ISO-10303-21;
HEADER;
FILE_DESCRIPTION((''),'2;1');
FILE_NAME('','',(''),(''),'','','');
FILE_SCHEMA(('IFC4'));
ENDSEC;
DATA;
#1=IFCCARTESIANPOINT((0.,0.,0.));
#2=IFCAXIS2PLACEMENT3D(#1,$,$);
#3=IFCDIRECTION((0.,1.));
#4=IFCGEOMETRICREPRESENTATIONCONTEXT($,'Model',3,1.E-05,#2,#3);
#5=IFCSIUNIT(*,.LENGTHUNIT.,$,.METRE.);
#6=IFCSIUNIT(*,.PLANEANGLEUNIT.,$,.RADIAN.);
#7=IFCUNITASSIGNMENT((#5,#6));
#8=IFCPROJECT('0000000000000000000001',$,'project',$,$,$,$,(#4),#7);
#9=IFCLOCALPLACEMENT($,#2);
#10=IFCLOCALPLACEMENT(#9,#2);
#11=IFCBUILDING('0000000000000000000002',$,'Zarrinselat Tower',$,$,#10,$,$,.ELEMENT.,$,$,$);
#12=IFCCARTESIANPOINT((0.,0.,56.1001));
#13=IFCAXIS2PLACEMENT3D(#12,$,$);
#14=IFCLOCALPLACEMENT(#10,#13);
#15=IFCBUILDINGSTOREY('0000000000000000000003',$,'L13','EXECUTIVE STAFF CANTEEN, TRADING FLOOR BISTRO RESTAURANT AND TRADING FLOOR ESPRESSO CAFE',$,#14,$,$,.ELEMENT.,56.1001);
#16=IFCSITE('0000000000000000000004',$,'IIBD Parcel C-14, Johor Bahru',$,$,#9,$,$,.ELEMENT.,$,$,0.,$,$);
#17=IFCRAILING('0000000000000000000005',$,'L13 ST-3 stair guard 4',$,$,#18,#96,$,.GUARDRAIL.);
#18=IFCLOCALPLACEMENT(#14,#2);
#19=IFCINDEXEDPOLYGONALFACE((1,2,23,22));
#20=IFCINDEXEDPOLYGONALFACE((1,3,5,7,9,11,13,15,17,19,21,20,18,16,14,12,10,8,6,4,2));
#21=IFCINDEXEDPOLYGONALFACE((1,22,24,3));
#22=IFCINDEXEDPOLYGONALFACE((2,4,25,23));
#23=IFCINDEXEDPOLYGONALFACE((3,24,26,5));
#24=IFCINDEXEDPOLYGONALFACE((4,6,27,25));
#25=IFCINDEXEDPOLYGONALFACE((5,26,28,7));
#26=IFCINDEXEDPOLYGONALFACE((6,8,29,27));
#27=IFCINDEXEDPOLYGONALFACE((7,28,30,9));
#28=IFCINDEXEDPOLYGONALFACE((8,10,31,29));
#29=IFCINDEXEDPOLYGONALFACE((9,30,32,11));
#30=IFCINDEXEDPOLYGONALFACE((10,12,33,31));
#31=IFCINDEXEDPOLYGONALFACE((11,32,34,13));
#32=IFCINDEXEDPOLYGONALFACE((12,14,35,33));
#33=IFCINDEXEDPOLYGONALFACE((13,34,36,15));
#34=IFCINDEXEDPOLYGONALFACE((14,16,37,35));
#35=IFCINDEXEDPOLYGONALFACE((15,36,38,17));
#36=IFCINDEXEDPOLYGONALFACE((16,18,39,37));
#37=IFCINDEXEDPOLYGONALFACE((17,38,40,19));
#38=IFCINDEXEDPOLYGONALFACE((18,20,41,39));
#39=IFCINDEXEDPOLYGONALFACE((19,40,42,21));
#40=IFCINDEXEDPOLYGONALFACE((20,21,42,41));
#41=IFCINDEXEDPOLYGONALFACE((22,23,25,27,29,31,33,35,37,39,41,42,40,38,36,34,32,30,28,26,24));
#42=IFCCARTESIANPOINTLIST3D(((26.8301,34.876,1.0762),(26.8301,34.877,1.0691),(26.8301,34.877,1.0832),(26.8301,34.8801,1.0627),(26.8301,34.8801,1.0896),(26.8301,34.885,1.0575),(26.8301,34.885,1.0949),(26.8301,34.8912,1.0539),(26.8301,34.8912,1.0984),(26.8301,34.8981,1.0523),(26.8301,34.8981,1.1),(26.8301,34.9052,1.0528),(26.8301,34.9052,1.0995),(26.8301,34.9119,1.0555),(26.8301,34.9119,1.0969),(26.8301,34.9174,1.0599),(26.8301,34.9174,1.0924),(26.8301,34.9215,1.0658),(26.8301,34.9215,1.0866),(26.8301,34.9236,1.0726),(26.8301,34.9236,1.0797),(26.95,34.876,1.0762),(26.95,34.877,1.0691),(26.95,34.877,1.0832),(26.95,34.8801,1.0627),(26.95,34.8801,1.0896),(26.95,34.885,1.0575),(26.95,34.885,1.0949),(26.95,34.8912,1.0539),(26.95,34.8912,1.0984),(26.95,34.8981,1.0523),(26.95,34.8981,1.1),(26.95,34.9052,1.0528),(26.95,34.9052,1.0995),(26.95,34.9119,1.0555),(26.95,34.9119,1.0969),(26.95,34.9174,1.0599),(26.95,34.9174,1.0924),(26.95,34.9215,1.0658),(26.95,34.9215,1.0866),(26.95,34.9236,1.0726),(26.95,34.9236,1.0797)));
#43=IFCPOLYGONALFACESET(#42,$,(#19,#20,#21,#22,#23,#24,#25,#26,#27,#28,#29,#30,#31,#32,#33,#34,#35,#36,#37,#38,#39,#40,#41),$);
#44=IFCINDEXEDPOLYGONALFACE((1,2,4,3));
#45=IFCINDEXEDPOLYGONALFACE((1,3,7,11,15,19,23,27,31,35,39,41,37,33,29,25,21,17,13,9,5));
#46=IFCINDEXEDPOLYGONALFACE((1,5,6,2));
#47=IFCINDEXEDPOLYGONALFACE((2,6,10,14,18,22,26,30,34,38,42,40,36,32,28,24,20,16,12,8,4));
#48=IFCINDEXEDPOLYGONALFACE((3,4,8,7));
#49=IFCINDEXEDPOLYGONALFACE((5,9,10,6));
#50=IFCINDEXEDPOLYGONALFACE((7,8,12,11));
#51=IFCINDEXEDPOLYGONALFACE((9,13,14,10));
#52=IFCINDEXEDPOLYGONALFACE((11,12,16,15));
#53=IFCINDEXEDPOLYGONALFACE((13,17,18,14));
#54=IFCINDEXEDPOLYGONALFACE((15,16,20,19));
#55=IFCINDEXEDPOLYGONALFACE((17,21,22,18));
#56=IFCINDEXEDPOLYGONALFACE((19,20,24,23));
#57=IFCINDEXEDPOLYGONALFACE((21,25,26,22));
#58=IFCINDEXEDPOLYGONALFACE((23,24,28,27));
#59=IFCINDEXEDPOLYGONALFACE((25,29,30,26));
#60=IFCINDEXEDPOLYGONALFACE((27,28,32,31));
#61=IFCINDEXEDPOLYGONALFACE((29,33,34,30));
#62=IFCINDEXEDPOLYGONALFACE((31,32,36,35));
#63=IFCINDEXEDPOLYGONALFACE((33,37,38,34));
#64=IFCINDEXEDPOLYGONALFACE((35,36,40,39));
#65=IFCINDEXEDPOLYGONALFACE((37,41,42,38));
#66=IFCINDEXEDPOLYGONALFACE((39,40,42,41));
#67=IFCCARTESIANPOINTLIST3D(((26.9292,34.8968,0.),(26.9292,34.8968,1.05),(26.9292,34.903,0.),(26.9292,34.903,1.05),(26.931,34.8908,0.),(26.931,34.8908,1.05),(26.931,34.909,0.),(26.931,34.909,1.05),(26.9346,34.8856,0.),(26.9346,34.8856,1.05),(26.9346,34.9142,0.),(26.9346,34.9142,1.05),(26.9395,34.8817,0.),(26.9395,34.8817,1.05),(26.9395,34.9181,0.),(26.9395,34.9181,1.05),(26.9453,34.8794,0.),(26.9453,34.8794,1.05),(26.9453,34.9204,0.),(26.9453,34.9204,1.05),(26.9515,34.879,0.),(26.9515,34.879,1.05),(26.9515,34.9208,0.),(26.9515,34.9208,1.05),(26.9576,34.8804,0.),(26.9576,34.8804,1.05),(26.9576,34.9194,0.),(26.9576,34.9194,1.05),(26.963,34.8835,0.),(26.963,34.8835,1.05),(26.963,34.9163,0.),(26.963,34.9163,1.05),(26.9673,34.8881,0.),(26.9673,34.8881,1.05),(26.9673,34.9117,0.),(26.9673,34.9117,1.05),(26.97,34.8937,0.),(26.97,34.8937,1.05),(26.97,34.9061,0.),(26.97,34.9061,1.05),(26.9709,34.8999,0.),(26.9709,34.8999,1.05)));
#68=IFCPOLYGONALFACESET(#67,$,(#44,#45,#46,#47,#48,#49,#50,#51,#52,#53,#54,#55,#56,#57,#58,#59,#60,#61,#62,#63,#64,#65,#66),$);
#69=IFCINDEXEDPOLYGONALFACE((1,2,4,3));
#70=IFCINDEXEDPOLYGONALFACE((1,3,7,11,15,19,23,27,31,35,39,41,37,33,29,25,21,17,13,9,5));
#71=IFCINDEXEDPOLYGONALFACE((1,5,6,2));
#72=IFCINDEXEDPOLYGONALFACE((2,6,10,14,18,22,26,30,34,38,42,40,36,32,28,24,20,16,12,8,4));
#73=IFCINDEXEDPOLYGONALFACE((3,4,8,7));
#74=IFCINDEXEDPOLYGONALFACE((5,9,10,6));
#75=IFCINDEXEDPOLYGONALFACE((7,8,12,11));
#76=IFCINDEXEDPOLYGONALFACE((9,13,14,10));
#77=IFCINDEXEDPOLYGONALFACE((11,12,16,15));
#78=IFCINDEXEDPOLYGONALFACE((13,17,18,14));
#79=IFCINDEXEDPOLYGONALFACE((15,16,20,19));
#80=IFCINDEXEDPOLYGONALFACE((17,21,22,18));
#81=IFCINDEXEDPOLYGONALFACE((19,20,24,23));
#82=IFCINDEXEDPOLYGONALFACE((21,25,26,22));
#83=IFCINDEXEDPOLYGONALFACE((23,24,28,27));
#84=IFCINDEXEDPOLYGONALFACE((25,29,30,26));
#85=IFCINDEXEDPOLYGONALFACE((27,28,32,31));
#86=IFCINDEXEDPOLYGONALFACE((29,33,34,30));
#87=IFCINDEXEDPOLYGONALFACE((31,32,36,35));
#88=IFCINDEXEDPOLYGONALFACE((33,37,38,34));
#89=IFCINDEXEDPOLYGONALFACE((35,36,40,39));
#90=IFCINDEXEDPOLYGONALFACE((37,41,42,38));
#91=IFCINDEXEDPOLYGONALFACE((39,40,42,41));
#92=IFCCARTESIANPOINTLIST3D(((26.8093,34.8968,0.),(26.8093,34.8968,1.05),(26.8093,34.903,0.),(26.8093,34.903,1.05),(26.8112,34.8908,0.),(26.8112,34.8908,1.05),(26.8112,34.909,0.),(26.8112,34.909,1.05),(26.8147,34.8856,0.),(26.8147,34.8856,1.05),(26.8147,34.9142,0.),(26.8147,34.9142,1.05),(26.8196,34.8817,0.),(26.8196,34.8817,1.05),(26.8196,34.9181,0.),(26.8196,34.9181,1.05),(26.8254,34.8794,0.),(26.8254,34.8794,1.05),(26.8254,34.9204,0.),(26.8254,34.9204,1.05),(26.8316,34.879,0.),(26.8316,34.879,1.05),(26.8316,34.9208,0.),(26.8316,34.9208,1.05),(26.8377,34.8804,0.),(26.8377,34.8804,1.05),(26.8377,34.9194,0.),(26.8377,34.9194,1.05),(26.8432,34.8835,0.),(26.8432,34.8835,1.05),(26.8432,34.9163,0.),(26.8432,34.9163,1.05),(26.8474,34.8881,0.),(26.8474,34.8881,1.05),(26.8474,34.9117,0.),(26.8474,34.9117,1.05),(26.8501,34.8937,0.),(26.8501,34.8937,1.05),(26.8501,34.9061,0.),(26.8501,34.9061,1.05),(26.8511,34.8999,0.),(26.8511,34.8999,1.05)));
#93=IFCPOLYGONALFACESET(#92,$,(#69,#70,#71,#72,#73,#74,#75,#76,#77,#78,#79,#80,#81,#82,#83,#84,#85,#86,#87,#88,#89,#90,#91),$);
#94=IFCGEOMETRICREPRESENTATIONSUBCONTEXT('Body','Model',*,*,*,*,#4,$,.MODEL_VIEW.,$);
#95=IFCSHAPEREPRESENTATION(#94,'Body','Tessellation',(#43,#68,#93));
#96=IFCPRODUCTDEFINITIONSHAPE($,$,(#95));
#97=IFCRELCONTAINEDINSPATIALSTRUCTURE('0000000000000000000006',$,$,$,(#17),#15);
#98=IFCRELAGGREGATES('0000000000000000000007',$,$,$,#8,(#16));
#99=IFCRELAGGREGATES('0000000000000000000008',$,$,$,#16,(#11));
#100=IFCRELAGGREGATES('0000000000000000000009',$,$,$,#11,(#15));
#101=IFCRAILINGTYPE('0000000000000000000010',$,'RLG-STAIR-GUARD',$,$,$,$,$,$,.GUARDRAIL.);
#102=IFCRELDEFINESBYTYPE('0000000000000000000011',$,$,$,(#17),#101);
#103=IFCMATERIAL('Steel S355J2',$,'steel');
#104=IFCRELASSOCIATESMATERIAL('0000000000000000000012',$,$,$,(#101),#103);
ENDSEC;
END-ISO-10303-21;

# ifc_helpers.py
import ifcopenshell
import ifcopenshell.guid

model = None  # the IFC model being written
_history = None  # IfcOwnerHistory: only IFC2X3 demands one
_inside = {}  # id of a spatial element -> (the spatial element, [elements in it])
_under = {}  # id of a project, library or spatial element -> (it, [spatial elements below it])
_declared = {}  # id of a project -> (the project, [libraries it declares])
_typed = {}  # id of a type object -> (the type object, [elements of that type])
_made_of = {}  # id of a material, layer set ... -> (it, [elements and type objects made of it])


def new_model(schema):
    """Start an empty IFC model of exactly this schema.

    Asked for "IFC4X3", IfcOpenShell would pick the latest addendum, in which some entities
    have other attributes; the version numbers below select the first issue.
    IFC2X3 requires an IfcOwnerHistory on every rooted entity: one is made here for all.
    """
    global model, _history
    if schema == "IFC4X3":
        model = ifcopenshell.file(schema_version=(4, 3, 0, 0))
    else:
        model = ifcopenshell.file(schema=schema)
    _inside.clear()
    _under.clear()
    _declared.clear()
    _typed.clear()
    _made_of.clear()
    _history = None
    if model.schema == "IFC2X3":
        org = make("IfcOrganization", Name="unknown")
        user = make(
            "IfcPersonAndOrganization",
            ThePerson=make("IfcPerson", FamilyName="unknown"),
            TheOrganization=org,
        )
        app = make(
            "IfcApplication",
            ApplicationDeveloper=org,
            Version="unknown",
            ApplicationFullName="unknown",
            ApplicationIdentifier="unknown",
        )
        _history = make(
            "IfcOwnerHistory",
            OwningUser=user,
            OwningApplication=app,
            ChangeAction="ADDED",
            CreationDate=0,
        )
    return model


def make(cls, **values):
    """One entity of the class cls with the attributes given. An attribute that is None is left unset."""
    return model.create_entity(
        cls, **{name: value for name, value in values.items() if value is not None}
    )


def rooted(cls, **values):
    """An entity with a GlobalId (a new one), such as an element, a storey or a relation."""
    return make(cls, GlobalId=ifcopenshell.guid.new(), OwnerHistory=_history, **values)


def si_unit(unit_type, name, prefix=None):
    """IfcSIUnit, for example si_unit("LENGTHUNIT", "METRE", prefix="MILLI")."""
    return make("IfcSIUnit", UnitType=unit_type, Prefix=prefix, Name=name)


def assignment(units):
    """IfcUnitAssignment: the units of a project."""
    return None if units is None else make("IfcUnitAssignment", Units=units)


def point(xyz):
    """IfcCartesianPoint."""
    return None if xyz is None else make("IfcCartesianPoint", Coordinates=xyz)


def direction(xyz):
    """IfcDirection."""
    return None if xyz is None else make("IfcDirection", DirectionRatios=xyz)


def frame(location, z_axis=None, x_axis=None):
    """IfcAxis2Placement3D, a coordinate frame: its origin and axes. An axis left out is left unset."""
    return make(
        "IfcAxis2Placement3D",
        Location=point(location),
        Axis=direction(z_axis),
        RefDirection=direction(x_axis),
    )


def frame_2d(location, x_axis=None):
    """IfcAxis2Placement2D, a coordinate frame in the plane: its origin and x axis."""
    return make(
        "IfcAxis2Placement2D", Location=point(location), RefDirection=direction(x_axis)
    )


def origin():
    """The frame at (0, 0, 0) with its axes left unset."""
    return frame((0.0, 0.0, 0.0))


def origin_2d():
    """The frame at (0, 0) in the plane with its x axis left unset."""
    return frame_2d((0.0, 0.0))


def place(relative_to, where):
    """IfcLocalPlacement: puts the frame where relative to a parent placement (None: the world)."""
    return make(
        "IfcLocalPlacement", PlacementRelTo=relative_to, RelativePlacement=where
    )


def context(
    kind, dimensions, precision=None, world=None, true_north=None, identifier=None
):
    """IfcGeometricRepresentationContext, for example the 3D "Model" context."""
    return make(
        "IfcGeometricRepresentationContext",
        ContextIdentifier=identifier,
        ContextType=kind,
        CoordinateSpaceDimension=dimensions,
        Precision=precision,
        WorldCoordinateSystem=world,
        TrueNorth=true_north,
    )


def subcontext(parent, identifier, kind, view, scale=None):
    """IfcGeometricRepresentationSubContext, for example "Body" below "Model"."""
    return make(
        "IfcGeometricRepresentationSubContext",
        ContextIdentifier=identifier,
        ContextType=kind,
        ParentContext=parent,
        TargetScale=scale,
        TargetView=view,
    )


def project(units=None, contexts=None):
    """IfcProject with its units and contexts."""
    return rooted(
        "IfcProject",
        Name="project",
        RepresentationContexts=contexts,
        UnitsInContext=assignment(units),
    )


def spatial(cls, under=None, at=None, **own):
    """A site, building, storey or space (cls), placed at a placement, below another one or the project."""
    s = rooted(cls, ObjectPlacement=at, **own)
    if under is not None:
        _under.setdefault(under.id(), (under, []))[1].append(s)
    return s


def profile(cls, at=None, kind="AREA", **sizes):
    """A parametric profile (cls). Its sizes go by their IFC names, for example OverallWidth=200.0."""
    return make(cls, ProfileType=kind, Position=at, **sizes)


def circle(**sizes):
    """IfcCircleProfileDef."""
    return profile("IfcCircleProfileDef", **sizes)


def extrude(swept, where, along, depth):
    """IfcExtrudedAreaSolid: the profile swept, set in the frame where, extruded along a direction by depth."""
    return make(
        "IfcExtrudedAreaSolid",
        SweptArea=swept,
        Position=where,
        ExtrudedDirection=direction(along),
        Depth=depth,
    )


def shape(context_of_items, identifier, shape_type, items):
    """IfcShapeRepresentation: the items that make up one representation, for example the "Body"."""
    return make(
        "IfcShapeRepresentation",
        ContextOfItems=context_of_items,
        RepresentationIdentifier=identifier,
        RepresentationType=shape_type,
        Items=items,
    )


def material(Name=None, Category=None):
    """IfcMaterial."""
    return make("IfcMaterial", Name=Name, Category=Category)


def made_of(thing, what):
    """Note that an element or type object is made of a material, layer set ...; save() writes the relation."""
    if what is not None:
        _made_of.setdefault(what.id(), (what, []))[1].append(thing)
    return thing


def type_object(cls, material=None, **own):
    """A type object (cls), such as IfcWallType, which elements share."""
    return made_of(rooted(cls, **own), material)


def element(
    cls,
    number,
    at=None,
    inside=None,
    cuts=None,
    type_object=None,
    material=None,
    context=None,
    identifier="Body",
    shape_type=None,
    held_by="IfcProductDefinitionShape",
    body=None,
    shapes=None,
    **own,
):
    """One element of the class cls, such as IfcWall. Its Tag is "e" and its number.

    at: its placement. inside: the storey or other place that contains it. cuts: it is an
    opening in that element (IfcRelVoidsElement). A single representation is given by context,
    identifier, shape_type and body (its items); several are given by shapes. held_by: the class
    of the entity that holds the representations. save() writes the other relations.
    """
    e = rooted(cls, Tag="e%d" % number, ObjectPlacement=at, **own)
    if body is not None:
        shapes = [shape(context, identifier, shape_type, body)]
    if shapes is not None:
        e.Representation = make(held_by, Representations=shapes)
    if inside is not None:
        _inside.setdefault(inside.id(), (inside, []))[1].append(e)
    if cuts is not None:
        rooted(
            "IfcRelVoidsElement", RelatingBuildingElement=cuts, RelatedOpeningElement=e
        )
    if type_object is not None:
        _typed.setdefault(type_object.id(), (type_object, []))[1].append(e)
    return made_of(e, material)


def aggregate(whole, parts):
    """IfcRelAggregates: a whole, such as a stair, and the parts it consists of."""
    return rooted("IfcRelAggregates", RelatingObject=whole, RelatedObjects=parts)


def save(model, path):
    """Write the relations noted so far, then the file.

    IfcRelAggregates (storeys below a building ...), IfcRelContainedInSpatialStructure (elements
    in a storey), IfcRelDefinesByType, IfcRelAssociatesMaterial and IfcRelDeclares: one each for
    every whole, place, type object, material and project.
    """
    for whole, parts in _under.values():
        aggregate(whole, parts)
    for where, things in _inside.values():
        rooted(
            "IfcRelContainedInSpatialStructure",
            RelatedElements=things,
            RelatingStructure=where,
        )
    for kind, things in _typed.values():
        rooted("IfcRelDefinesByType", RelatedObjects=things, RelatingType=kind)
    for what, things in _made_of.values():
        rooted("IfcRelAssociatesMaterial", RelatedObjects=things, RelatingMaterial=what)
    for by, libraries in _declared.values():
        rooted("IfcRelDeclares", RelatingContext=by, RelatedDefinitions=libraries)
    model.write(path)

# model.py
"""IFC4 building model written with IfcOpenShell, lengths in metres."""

from ifc_helpers import new_model, si_unit, direction, frame, origin, origin_2d, place, context, subcontext, project, spatial, circle, extrude, material, type_object, element, save


model = new_model("IFC4")

# Units and contexts
model_context = context("Model", 3, precision=1e-05, world=origin(), true_north=direction((0.0, 1.0)))
body_context = subcontext(model_context, "Body", "Model", "MODEL_VIEW")
ifc_project = project(units=[si_unit("LENGTHUNIT", "METRE"), si_unit("PLANEANGLEUNIT", "RADIAN")], contexts=[model_context])

# Site, building, storey
site_placement = place(None, origin())
site = spatial("IfcSite", under=ifc_project, at=site_placement, Name="IIBD Parcel C-14, Johor Bahru", CompositionType="ELEMENT", RefElevation=0.0)
building_placement = place(site_placement, origin())
building = spatial("IfcBuilding", under=site, at=building_placement, Name="Zarrinselat Tower", CompositionType="ELEMENT")
storey_placement = place(building_placement, frame((0.0, 0.0, 56.1001)))
storey = spatial("IfcBuildingStorey", under=building, at=storey_placement, Name="L13", Description="EXECUTIVE STAFF CANTEEN, TRADING FLOOR BISTRO RESTAURANT AND TRADING FLOOR ESPRESSO CAFE", CompositionType="ELEMENT", Elevation=56.1001)

# Railing
ifc_material_1 = material(Name="Steel S355J2", Category="steel")
railing_type_1 = type_object("IfcRailingType", Name="RLG-STAIR-GUARD", PredefinedType="GUARDRAIL", material=ifc_material_1)
railing_1_placement = place(storey_placement, frame((26.95, 34.8999, 0.0)))
element("IfcRailing", 1, at=railing_1_placement, inside=storey, type_object=railing_type_1, Name="L13 ST-3 stair guard 4", PredefinedType="GUARDRAIL", context=body_context, shape_type="SweptSolid", body=[
    extrude(circle(Radius=0.0239, at=origin_2d()), frame((0.0, 0.0, 1.0762), z_axis=(-1.0, 0.0, 0.0), x_axis=(0.0, -1.0, 0.0)), (0.0, 0.0, 1.0), 0.1199),
    extrude(circle(Radius=0.021, at=origin_2d()), origin(), (0.0, 0.0, 1.0), 1.05),
    extrude(circle(Radius=0.021, at=origin_2d()), frame((-0.1199, 0.0, 0.0)), (0.0, 0.0, 1.0), 1.05),
])

save(model, "model.ifc")
